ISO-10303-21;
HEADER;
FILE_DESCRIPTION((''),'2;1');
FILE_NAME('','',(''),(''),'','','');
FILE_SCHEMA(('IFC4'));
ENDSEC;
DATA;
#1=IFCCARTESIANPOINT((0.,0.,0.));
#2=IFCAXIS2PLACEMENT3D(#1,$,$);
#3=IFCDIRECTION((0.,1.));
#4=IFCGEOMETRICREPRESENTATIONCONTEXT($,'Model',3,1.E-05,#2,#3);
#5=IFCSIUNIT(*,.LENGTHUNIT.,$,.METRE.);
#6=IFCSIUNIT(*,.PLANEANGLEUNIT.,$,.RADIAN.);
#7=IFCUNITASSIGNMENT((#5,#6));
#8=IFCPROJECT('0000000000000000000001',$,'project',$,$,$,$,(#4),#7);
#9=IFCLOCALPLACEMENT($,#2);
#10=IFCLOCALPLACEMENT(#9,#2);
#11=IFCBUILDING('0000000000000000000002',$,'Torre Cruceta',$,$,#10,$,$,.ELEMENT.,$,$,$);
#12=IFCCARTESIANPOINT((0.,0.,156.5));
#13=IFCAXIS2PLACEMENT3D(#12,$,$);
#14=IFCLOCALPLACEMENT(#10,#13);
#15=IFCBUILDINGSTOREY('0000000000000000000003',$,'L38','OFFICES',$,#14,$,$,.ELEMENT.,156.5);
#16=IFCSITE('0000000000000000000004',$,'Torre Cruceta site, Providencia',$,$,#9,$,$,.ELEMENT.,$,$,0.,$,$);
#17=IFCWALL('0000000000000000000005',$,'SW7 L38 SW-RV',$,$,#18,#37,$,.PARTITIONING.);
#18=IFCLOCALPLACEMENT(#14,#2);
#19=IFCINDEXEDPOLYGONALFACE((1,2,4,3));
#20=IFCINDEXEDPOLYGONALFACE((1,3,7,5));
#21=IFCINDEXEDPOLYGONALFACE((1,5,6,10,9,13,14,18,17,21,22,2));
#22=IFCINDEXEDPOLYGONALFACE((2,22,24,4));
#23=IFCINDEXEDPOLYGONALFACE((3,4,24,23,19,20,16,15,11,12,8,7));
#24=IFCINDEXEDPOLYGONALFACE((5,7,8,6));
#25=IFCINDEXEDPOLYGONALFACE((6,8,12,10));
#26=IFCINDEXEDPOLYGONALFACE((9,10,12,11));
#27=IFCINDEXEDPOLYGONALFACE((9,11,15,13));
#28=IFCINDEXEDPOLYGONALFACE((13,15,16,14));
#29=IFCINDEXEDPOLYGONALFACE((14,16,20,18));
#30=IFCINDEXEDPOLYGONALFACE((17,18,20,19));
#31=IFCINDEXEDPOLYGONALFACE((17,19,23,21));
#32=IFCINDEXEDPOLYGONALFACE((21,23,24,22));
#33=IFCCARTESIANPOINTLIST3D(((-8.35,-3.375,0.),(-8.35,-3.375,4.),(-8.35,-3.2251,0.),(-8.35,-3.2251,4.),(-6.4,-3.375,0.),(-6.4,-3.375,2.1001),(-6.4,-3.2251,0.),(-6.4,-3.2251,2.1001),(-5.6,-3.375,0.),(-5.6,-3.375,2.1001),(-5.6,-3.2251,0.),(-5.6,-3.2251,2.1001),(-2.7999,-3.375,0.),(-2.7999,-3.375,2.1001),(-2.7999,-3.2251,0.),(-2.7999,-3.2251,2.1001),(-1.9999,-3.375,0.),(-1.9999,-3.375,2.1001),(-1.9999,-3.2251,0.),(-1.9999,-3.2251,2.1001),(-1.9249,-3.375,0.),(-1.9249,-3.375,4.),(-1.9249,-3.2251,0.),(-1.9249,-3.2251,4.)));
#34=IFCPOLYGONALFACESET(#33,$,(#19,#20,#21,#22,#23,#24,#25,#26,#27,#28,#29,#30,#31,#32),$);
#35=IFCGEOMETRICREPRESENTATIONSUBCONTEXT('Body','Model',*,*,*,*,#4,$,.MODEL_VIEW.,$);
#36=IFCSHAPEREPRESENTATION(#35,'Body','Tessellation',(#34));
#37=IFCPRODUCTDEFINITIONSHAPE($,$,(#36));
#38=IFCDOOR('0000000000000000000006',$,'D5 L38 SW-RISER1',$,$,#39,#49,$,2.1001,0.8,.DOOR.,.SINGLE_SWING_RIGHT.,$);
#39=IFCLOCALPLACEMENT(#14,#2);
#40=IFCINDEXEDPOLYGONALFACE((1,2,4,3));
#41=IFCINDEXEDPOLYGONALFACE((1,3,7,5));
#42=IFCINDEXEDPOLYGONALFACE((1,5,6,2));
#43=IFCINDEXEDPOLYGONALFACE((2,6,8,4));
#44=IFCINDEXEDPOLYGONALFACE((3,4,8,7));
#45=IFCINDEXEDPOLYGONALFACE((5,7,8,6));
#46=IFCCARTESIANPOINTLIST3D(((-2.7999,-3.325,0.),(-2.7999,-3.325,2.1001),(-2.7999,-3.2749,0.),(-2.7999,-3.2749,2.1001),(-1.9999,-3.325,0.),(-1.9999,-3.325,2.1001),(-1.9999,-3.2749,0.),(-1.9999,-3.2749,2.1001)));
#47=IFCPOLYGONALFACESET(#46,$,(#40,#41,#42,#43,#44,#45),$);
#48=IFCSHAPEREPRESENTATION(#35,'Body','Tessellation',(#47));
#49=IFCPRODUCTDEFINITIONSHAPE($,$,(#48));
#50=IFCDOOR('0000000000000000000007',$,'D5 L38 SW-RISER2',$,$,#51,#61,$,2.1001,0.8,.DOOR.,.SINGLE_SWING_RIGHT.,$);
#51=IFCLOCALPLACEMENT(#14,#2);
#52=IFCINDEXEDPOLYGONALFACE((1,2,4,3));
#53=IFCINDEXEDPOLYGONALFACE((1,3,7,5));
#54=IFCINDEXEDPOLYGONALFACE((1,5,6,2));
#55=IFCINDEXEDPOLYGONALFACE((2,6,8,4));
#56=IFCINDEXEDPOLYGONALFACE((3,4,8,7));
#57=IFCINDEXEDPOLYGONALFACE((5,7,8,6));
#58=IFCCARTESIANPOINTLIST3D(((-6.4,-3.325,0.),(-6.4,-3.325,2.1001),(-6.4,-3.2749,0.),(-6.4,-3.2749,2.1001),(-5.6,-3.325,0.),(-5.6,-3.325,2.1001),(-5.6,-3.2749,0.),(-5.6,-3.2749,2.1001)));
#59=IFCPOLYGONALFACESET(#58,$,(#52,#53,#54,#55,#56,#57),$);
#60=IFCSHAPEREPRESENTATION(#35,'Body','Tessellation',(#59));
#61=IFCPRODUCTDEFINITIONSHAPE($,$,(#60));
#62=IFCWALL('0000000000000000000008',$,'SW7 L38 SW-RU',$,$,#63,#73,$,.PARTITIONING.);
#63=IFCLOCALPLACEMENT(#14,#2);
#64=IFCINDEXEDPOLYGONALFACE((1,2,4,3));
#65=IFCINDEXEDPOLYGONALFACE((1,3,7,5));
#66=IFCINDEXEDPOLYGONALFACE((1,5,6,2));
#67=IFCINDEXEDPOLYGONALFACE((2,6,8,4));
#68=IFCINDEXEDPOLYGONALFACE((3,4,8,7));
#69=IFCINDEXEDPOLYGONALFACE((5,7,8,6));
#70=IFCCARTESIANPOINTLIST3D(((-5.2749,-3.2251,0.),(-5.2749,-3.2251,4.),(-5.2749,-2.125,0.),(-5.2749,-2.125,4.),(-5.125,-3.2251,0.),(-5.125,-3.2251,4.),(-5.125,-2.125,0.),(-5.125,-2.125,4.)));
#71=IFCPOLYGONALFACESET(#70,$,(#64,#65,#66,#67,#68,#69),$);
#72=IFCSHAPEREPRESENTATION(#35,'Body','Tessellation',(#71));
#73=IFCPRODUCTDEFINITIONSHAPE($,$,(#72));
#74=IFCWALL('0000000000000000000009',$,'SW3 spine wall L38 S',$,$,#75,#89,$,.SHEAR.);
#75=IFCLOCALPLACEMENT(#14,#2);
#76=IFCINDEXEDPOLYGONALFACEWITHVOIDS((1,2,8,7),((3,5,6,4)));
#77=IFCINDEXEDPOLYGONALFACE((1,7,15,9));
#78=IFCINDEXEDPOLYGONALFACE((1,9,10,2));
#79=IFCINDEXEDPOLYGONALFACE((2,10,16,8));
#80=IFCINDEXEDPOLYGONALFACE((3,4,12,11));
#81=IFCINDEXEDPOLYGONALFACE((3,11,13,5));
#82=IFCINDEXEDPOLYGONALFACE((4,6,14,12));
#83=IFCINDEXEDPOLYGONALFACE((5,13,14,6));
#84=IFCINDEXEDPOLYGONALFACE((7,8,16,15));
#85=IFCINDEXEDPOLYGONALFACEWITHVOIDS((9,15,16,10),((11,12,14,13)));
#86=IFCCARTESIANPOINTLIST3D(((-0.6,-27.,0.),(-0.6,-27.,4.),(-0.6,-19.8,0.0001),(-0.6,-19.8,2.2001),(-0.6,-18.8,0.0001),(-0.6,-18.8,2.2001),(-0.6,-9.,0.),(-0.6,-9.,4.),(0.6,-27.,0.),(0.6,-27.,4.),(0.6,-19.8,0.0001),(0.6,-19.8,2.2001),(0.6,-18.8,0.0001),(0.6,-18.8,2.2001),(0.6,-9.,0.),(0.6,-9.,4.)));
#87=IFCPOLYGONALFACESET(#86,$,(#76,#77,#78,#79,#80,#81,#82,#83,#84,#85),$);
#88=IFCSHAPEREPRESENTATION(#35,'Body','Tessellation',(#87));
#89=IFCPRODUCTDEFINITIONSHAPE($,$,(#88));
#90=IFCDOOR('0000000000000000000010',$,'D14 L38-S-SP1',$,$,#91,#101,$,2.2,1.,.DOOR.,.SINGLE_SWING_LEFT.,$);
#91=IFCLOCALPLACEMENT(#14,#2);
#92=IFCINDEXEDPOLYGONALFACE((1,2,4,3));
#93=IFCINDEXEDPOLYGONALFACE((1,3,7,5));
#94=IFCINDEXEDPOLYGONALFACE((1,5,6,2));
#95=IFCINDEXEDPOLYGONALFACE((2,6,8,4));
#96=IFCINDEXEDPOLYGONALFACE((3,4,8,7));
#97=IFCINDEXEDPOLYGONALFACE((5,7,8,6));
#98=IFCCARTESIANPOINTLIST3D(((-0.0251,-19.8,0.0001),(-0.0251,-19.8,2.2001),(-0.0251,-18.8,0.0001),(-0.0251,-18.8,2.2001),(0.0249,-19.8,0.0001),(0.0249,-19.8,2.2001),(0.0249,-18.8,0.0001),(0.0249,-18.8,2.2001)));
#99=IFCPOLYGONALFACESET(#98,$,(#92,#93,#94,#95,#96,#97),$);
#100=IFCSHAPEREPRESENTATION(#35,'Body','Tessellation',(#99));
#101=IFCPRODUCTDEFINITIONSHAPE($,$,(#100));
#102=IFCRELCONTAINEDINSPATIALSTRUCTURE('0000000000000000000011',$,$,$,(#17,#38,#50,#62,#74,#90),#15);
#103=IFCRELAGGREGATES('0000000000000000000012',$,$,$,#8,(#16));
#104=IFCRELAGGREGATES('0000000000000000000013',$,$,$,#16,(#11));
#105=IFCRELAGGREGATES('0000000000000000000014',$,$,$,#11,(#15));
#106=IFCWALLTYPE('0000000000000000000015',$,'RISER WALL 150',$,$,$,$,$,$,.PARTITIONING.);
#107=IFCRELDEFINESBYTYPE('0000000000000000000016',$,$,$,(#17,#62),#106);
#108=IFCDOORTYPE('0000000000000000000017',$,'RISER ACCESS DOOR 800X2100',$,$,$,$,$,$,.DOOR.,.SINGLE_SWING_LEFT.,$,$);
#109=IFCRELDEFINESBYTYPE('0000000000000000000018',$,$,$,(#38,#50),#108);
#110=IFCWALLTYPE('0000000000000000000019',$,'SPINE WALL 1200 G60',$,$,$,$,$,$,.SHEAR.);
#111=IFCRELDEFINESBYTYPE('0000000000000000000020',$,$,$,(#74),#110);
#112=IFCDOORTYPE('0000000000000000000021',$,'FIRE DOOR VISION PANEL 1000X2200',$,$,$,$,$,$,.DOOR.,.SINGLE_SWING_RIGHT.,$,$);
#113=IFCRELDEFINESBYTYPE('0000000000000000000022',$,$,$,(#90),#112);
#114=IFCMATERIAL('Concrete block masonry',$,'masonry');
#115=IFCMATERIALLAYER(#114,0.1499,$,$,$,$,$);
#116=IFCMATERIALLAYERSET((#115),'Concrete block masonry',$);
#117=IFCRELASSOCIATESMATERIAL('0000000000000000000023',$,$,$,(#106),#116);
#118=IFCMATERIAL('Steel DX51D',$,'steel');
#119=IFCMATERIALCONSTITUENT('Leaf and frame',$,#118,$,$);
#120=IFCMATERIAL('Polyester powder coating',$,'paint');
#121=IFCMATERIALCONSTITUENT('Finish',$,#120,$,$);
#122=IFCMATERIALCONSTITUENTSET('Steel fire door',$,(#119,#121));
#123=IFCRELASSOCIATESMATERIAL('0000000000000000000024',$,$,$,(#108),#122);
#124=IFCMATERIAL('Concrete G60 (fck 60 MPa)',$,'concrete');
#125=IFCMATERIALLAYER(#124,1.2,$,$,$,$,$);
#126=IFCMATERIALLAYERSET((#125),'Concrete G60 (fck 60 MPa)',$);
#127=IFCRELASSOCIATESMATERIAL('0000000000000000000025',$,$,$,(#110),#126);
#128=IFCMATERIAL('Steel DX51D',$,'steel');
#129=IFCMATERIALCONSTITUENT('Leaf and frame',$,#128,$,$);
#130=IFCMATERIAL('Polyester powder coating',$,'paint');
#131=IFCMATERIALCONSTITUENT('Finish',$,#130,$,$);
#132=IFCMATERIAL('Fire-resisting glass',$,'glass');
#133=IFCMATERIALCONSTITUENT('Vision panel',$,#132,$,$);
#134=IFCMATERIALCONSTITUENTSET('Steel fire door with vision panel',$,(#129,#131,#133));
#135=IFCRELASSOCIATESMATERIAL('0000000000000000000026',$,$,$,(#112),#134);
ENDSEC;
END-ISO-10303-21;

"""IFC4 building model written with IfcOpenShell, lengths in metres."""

from ifc_helpers import new_model, si_unit, direction, frame, frame_2d, origin, place, context, subcontext, project, spatial, rectangle, extrude, material, layer, layer_set, constituent, constituent_set, type_object, element, fill, save


model = new_model("IFC4")

# Units and contexts
model_context = context("Model", 3, precision=1e-05, world=origin(), true_north=direction((0.0, 1.0)))
body_context = subcontext(model_context, "Body", "Model", "MODEL_VIEW")
ifc_project = project(units=[si_unit("LENGTHUNIT", "METRE"), si_unit("PLANEANGLEUNIT", "RADIAN")], contexts=[model_context])

# Site, building, storey
site_placement = place(None, origin())
site = spatial("IfcSite", under=ifc_project, at=site_placement, Name="Torre Cruceta site, Providencia", CompositionType="ELEMENT", RefElevation=0.0)
building_placement = place(site_placement, origin())
building = spatial("IfcBuilding", under=site, at=building_placement, Name="Torre Cruceta", CompositionType="ELEMENT")
storey_placement = place(building_placement, frame((0.0, 0.0, 156.5)))
storey = spatial("IfcBuildingStorey", under=building, at=storey_placement, Name="L38", Description="OFFICES", CompositionType="ELEMENT", Elevation=156.5)

# Wall, openings, doors
ifc_material_1 = material(Name="Concrete block masonry", Category="masonry")
ifc_layer_1 = layer(ifc_material_1, 0.1499)
ifc_layer_set_1 = layer_set([ifc_layer_1], Name="Concrete block masonry")
wall_type_1 = type_object("IfcWallType", Name="RISER WALL 150", PredefinedType="PARTITIONING", material=ifc_layer_set_1)
wall_1_placement = place(storey_placement, frame((-1.925, -3.3, 0.0), z_axis=(0.0, 0.0, 1.0), x_axis=(-1.0, 0.0, 0.0)))
wall_1 = element("IfcWall", 1, at=wall_1_placement, inside=storey, type_object=wall_type_1, Name="SW7 L38 SW-RV", PredefinedType="PARTITIONING", context=body_context, shape_type="SweptSolid", body=[
    extrude(rectangle(XDim=6.425, YDim=0.1499, at=frame_2d((3.2124, 0.0))), origin(), (0.0, 0.0, 1.0), 4.0),
])
opening_1_placement = place(wall_1_placement, frame((0.075, 0.0, 0.0)))
opening_1 = element("IfcOpeningElement", 2, at=opening_1_placement, cuts=wall_1, PredefinedType="OPENING", context=body_context, shape_type="SweptSolid", body=[
    extrude(rectangle(XDim=0.8, YDim=2.1001, at=frame_2d((0.3999, 1.05))), frame((0.0, 0.085, 0.0), z_axis=(0.0, -1.0, 0.0), x_axis=(1.0, 0.0, 0.0)), (0.0, 0.0, 1.0), 0.1699),
])
opening_2_placement = place(wall_1_placement, frame((3.675, 0.0, 0.0)))
opening_2 = element("IfcOpeningElement", 3, at=opening_2_placement, cuts=wall_1, PredefinedType="OPENING", context=body_context, shape_type="SweptSolid", body=[
    extrude(rectangle(XDim=0.8, YDim=2.1001, at=frame_2d((0.3999, 1.05))), frame((0.0, 0.085, 0.0), z_axis=(0.0, -1.0, 0.0), x_axis=(1.0, 0.0, 0.0)), (0.0, 0.0, 1.0), 0.1699),
])
ifc_material_2 = material(Name="Steel DX51D", Category="steel")
ifc_constituent_1 = constituent(ifc_material_2, Name="Leaf and frame")
ifc_material_3 = material(Name="Polyester powder coating", Category="paint")
ifc_constituent_2 = constituent(ifc_material_3, Name="Finish")
ifc_constituent_set_1 = constituent_set(constituents=[ifc_constituent_1, ifc_constituent_2], Name="Steel fire door")
door_type_1 = type_object("IfcDoorType", Name="RISER ACCESS DOOR 800X2100", OperationType="SINGLE_SWING_LEFT", PredefinedType="DOOR", material=ifc_constituent_set_1)
door_1_placement = place(opening_1_placement, frame((0.8, 0.0, 0.0), z_axis=(0.0, 0.0, 1.0), x_axis=(-1.0, 0.0, 0.0)))
door_1 = element("IfcDoor", 4, at=door_1_placement, inside=storey, type_object=door_type_1, Name="D5 L38 SW-RISER1", OperationType="SINGLE_SWING_RIGHT", OverallHeight=2.1001, OverallWidth=0.8, PredefinedType="DOOR", context=body_context, shape_type="SweptSolid", body=[
    extrude(rectangle(XDim=0.8, YDim=2.1001, at=frame_2d((0.4001, 1.05))), frame((0.0, 0.0251, 0.0), z_axis=(0.0, -1.0, 0.0), x_axis=(1.0, 0.0, 0.0)), (0.0, 0.0, 1.0), 0.05),
])
fill(opening_1, door_1)
door_2_placement = place(opening_2_placement, frame((0.8, 0.0, 0.0), z_axis=(0.0, 0.0, 1.0), x_axis=(-1.0, 0.0, 0.0)))
door_2 = element("IfcDoor", 5, at=door_2_placement, inside=storey, type_object=door_type_1, Name="D5 L38 SW-RISER2", OperationType="SINGLE_SWING_RIGHT", OverallHeight=2.1001, OverallWidth=0.8, PredefinedType="DOOR", context=body_context, shape_type="SweptSolid", body=[
    extrude(rectangle(XDim=0.8, YDim=2.1001, at=frame_2d((0.4001, 1.05))), frame((0.0, 0.0251, 0.0), z_axis=(0.0, -1.0, 0.0), x_axis=(1.0, 0.0, 0.0)), (0.0, 0.0, 1.0), 0.05),
])
fill(opening_2, door_2)

# Wall
wall_2_placement = place(storey_placement, frame((-5.2, -2.125, 0.0), z_axis=(0.0, 0.0, 1.0), x_axis=(0.0, -1.0, 0.0)))
element("IfcWall", 6, at=wall_2_placement, inside=storey, type_object=wall_type_1, Name="SW7 L38 SW-RU", PredefinedType="PARTITIONING", context=body_context, shape_type="SweptSolid", body=[
    extrude(rectangle(XDim=1.1001, YDim=0.1499, at=frame_2d((0.55, 0.0))), origin(), (0.0, 0.0, 1.0), 4.0),
])

# Wall, opening, door
ifc_material_4 = material(Name="Concrete G60 (fck 60 MPa)", Category="concrete")
ifc_layer_2 = layer(ifc_material_4, 1.2)
ifc_layer_set_2 = layer_set([ifc_layer_2], Name="Concrete G60 (fck 60 MPa)")
wall_type_2 = type_object("IfcWallType", Name="SPINE WALL 1200 G60", PredefinedType="SHEAR", material=ifc_layer_set_2)
wall_3_placement = place(storey_placement, frame((0.0, -9.0, 0.0), z_axis=(0.0, 0.0, 1.0), x_axis=(0.0, -1.0, 0.0)))
wall_3 = element("IfcWall", 7, at=wall_3_placement, inside=storey, type_object=wall_type_2, Name="SW3 spine wall L38 S", PredefinedType="SHEAR", context=body_context, shape_type="SweptSolid", body=[
    extrude(rectangle(XDim=18.0, YDim=1.2, at=frame_2d((9.0, 0.0))), origin(), (0.0, 0.0, 1.0), 4.0),
])
opening_3_placement = place(wall_3_placement, frame((9.8, 0.0, 0.0)))
opening_3 = element("IfcOpeningElement", 8, at=opening_3_placement, cuts=wall_3, PredefinedType="OPENING", context=body_context, shape_type="SweptSolid", body=[
    extrude(rectangle(XDim=1.0, YDim=2.2, at=frame_2d((0.5, 1.1001))), frame((0.0, 0.6099, 0.0), z_axis=(0.0, -1.0, 0.0), x_axis=(1.0, 0.0, 0.0)), (0.0, 0.0, 1.0), 1.22),
])
ifc_material_5 = material(Name="Steel DX51D", Category="steel")
ifc_constituent_3 = constituent(ifc_material_5, Name="Leaf and frame")
ifc_material_6 = material(Name="Polyester powder coating", Category="paint")
ifc_constituent_4 = constituent(ifc_material_6, Name="Finish")
ifc_material_7 = material(Name="Fire-resisting glass", Category="glass")
ifc_constituent_5 = constituent(ifc_material_7, Name="Vision panel")
ifc_constituent_set_2 = constituent_set(constituents=[ifc_constituent_3, ifc_constituent_4, ifc_constituent_5], Name="Steel fire door with vision panel")
door_type_2 = type_object("IfcDoorType", Name="FIRE DOOR VISION PANEL 1000X2200", OperationType="SINGLE_SWING_RIGHT", PredefinedType="DOOR", material=ifc_constituent_set_2)
door_3_placement = place(opening_3_placement, frame((1.0, 0.0, 0.0), z_axis=(0.0, 0.0, 1.0), x_axis=(-1.0, 0.0, 0.0)))
door_3 = element("IfcDoor", 9, at=door_3_placement, inside=storey, type_object=door_type_2, Name="D14 L38-S-SP1", OperationType="SINGLE_SWING_LEFT", OverallHeight=2.2, OverallWidth=1.0, PredefinedType="DOOR", context=body_context, shape_type="SweptSolid", body=[
    extrude(rectangle(XDim=1.0, YDim=2.2, at=frame_2d((0.5, 1.1001))), frame((0.0, 0.0251, 0.0), z_axis=(0.0, -1.0, 0.0), x_axis=(1.0, 0.0, 0.0)), (0.0, 0.0, 1.0), 0.05),
])
fill(opening_3, door_3)

save(model, "model.ifc")
